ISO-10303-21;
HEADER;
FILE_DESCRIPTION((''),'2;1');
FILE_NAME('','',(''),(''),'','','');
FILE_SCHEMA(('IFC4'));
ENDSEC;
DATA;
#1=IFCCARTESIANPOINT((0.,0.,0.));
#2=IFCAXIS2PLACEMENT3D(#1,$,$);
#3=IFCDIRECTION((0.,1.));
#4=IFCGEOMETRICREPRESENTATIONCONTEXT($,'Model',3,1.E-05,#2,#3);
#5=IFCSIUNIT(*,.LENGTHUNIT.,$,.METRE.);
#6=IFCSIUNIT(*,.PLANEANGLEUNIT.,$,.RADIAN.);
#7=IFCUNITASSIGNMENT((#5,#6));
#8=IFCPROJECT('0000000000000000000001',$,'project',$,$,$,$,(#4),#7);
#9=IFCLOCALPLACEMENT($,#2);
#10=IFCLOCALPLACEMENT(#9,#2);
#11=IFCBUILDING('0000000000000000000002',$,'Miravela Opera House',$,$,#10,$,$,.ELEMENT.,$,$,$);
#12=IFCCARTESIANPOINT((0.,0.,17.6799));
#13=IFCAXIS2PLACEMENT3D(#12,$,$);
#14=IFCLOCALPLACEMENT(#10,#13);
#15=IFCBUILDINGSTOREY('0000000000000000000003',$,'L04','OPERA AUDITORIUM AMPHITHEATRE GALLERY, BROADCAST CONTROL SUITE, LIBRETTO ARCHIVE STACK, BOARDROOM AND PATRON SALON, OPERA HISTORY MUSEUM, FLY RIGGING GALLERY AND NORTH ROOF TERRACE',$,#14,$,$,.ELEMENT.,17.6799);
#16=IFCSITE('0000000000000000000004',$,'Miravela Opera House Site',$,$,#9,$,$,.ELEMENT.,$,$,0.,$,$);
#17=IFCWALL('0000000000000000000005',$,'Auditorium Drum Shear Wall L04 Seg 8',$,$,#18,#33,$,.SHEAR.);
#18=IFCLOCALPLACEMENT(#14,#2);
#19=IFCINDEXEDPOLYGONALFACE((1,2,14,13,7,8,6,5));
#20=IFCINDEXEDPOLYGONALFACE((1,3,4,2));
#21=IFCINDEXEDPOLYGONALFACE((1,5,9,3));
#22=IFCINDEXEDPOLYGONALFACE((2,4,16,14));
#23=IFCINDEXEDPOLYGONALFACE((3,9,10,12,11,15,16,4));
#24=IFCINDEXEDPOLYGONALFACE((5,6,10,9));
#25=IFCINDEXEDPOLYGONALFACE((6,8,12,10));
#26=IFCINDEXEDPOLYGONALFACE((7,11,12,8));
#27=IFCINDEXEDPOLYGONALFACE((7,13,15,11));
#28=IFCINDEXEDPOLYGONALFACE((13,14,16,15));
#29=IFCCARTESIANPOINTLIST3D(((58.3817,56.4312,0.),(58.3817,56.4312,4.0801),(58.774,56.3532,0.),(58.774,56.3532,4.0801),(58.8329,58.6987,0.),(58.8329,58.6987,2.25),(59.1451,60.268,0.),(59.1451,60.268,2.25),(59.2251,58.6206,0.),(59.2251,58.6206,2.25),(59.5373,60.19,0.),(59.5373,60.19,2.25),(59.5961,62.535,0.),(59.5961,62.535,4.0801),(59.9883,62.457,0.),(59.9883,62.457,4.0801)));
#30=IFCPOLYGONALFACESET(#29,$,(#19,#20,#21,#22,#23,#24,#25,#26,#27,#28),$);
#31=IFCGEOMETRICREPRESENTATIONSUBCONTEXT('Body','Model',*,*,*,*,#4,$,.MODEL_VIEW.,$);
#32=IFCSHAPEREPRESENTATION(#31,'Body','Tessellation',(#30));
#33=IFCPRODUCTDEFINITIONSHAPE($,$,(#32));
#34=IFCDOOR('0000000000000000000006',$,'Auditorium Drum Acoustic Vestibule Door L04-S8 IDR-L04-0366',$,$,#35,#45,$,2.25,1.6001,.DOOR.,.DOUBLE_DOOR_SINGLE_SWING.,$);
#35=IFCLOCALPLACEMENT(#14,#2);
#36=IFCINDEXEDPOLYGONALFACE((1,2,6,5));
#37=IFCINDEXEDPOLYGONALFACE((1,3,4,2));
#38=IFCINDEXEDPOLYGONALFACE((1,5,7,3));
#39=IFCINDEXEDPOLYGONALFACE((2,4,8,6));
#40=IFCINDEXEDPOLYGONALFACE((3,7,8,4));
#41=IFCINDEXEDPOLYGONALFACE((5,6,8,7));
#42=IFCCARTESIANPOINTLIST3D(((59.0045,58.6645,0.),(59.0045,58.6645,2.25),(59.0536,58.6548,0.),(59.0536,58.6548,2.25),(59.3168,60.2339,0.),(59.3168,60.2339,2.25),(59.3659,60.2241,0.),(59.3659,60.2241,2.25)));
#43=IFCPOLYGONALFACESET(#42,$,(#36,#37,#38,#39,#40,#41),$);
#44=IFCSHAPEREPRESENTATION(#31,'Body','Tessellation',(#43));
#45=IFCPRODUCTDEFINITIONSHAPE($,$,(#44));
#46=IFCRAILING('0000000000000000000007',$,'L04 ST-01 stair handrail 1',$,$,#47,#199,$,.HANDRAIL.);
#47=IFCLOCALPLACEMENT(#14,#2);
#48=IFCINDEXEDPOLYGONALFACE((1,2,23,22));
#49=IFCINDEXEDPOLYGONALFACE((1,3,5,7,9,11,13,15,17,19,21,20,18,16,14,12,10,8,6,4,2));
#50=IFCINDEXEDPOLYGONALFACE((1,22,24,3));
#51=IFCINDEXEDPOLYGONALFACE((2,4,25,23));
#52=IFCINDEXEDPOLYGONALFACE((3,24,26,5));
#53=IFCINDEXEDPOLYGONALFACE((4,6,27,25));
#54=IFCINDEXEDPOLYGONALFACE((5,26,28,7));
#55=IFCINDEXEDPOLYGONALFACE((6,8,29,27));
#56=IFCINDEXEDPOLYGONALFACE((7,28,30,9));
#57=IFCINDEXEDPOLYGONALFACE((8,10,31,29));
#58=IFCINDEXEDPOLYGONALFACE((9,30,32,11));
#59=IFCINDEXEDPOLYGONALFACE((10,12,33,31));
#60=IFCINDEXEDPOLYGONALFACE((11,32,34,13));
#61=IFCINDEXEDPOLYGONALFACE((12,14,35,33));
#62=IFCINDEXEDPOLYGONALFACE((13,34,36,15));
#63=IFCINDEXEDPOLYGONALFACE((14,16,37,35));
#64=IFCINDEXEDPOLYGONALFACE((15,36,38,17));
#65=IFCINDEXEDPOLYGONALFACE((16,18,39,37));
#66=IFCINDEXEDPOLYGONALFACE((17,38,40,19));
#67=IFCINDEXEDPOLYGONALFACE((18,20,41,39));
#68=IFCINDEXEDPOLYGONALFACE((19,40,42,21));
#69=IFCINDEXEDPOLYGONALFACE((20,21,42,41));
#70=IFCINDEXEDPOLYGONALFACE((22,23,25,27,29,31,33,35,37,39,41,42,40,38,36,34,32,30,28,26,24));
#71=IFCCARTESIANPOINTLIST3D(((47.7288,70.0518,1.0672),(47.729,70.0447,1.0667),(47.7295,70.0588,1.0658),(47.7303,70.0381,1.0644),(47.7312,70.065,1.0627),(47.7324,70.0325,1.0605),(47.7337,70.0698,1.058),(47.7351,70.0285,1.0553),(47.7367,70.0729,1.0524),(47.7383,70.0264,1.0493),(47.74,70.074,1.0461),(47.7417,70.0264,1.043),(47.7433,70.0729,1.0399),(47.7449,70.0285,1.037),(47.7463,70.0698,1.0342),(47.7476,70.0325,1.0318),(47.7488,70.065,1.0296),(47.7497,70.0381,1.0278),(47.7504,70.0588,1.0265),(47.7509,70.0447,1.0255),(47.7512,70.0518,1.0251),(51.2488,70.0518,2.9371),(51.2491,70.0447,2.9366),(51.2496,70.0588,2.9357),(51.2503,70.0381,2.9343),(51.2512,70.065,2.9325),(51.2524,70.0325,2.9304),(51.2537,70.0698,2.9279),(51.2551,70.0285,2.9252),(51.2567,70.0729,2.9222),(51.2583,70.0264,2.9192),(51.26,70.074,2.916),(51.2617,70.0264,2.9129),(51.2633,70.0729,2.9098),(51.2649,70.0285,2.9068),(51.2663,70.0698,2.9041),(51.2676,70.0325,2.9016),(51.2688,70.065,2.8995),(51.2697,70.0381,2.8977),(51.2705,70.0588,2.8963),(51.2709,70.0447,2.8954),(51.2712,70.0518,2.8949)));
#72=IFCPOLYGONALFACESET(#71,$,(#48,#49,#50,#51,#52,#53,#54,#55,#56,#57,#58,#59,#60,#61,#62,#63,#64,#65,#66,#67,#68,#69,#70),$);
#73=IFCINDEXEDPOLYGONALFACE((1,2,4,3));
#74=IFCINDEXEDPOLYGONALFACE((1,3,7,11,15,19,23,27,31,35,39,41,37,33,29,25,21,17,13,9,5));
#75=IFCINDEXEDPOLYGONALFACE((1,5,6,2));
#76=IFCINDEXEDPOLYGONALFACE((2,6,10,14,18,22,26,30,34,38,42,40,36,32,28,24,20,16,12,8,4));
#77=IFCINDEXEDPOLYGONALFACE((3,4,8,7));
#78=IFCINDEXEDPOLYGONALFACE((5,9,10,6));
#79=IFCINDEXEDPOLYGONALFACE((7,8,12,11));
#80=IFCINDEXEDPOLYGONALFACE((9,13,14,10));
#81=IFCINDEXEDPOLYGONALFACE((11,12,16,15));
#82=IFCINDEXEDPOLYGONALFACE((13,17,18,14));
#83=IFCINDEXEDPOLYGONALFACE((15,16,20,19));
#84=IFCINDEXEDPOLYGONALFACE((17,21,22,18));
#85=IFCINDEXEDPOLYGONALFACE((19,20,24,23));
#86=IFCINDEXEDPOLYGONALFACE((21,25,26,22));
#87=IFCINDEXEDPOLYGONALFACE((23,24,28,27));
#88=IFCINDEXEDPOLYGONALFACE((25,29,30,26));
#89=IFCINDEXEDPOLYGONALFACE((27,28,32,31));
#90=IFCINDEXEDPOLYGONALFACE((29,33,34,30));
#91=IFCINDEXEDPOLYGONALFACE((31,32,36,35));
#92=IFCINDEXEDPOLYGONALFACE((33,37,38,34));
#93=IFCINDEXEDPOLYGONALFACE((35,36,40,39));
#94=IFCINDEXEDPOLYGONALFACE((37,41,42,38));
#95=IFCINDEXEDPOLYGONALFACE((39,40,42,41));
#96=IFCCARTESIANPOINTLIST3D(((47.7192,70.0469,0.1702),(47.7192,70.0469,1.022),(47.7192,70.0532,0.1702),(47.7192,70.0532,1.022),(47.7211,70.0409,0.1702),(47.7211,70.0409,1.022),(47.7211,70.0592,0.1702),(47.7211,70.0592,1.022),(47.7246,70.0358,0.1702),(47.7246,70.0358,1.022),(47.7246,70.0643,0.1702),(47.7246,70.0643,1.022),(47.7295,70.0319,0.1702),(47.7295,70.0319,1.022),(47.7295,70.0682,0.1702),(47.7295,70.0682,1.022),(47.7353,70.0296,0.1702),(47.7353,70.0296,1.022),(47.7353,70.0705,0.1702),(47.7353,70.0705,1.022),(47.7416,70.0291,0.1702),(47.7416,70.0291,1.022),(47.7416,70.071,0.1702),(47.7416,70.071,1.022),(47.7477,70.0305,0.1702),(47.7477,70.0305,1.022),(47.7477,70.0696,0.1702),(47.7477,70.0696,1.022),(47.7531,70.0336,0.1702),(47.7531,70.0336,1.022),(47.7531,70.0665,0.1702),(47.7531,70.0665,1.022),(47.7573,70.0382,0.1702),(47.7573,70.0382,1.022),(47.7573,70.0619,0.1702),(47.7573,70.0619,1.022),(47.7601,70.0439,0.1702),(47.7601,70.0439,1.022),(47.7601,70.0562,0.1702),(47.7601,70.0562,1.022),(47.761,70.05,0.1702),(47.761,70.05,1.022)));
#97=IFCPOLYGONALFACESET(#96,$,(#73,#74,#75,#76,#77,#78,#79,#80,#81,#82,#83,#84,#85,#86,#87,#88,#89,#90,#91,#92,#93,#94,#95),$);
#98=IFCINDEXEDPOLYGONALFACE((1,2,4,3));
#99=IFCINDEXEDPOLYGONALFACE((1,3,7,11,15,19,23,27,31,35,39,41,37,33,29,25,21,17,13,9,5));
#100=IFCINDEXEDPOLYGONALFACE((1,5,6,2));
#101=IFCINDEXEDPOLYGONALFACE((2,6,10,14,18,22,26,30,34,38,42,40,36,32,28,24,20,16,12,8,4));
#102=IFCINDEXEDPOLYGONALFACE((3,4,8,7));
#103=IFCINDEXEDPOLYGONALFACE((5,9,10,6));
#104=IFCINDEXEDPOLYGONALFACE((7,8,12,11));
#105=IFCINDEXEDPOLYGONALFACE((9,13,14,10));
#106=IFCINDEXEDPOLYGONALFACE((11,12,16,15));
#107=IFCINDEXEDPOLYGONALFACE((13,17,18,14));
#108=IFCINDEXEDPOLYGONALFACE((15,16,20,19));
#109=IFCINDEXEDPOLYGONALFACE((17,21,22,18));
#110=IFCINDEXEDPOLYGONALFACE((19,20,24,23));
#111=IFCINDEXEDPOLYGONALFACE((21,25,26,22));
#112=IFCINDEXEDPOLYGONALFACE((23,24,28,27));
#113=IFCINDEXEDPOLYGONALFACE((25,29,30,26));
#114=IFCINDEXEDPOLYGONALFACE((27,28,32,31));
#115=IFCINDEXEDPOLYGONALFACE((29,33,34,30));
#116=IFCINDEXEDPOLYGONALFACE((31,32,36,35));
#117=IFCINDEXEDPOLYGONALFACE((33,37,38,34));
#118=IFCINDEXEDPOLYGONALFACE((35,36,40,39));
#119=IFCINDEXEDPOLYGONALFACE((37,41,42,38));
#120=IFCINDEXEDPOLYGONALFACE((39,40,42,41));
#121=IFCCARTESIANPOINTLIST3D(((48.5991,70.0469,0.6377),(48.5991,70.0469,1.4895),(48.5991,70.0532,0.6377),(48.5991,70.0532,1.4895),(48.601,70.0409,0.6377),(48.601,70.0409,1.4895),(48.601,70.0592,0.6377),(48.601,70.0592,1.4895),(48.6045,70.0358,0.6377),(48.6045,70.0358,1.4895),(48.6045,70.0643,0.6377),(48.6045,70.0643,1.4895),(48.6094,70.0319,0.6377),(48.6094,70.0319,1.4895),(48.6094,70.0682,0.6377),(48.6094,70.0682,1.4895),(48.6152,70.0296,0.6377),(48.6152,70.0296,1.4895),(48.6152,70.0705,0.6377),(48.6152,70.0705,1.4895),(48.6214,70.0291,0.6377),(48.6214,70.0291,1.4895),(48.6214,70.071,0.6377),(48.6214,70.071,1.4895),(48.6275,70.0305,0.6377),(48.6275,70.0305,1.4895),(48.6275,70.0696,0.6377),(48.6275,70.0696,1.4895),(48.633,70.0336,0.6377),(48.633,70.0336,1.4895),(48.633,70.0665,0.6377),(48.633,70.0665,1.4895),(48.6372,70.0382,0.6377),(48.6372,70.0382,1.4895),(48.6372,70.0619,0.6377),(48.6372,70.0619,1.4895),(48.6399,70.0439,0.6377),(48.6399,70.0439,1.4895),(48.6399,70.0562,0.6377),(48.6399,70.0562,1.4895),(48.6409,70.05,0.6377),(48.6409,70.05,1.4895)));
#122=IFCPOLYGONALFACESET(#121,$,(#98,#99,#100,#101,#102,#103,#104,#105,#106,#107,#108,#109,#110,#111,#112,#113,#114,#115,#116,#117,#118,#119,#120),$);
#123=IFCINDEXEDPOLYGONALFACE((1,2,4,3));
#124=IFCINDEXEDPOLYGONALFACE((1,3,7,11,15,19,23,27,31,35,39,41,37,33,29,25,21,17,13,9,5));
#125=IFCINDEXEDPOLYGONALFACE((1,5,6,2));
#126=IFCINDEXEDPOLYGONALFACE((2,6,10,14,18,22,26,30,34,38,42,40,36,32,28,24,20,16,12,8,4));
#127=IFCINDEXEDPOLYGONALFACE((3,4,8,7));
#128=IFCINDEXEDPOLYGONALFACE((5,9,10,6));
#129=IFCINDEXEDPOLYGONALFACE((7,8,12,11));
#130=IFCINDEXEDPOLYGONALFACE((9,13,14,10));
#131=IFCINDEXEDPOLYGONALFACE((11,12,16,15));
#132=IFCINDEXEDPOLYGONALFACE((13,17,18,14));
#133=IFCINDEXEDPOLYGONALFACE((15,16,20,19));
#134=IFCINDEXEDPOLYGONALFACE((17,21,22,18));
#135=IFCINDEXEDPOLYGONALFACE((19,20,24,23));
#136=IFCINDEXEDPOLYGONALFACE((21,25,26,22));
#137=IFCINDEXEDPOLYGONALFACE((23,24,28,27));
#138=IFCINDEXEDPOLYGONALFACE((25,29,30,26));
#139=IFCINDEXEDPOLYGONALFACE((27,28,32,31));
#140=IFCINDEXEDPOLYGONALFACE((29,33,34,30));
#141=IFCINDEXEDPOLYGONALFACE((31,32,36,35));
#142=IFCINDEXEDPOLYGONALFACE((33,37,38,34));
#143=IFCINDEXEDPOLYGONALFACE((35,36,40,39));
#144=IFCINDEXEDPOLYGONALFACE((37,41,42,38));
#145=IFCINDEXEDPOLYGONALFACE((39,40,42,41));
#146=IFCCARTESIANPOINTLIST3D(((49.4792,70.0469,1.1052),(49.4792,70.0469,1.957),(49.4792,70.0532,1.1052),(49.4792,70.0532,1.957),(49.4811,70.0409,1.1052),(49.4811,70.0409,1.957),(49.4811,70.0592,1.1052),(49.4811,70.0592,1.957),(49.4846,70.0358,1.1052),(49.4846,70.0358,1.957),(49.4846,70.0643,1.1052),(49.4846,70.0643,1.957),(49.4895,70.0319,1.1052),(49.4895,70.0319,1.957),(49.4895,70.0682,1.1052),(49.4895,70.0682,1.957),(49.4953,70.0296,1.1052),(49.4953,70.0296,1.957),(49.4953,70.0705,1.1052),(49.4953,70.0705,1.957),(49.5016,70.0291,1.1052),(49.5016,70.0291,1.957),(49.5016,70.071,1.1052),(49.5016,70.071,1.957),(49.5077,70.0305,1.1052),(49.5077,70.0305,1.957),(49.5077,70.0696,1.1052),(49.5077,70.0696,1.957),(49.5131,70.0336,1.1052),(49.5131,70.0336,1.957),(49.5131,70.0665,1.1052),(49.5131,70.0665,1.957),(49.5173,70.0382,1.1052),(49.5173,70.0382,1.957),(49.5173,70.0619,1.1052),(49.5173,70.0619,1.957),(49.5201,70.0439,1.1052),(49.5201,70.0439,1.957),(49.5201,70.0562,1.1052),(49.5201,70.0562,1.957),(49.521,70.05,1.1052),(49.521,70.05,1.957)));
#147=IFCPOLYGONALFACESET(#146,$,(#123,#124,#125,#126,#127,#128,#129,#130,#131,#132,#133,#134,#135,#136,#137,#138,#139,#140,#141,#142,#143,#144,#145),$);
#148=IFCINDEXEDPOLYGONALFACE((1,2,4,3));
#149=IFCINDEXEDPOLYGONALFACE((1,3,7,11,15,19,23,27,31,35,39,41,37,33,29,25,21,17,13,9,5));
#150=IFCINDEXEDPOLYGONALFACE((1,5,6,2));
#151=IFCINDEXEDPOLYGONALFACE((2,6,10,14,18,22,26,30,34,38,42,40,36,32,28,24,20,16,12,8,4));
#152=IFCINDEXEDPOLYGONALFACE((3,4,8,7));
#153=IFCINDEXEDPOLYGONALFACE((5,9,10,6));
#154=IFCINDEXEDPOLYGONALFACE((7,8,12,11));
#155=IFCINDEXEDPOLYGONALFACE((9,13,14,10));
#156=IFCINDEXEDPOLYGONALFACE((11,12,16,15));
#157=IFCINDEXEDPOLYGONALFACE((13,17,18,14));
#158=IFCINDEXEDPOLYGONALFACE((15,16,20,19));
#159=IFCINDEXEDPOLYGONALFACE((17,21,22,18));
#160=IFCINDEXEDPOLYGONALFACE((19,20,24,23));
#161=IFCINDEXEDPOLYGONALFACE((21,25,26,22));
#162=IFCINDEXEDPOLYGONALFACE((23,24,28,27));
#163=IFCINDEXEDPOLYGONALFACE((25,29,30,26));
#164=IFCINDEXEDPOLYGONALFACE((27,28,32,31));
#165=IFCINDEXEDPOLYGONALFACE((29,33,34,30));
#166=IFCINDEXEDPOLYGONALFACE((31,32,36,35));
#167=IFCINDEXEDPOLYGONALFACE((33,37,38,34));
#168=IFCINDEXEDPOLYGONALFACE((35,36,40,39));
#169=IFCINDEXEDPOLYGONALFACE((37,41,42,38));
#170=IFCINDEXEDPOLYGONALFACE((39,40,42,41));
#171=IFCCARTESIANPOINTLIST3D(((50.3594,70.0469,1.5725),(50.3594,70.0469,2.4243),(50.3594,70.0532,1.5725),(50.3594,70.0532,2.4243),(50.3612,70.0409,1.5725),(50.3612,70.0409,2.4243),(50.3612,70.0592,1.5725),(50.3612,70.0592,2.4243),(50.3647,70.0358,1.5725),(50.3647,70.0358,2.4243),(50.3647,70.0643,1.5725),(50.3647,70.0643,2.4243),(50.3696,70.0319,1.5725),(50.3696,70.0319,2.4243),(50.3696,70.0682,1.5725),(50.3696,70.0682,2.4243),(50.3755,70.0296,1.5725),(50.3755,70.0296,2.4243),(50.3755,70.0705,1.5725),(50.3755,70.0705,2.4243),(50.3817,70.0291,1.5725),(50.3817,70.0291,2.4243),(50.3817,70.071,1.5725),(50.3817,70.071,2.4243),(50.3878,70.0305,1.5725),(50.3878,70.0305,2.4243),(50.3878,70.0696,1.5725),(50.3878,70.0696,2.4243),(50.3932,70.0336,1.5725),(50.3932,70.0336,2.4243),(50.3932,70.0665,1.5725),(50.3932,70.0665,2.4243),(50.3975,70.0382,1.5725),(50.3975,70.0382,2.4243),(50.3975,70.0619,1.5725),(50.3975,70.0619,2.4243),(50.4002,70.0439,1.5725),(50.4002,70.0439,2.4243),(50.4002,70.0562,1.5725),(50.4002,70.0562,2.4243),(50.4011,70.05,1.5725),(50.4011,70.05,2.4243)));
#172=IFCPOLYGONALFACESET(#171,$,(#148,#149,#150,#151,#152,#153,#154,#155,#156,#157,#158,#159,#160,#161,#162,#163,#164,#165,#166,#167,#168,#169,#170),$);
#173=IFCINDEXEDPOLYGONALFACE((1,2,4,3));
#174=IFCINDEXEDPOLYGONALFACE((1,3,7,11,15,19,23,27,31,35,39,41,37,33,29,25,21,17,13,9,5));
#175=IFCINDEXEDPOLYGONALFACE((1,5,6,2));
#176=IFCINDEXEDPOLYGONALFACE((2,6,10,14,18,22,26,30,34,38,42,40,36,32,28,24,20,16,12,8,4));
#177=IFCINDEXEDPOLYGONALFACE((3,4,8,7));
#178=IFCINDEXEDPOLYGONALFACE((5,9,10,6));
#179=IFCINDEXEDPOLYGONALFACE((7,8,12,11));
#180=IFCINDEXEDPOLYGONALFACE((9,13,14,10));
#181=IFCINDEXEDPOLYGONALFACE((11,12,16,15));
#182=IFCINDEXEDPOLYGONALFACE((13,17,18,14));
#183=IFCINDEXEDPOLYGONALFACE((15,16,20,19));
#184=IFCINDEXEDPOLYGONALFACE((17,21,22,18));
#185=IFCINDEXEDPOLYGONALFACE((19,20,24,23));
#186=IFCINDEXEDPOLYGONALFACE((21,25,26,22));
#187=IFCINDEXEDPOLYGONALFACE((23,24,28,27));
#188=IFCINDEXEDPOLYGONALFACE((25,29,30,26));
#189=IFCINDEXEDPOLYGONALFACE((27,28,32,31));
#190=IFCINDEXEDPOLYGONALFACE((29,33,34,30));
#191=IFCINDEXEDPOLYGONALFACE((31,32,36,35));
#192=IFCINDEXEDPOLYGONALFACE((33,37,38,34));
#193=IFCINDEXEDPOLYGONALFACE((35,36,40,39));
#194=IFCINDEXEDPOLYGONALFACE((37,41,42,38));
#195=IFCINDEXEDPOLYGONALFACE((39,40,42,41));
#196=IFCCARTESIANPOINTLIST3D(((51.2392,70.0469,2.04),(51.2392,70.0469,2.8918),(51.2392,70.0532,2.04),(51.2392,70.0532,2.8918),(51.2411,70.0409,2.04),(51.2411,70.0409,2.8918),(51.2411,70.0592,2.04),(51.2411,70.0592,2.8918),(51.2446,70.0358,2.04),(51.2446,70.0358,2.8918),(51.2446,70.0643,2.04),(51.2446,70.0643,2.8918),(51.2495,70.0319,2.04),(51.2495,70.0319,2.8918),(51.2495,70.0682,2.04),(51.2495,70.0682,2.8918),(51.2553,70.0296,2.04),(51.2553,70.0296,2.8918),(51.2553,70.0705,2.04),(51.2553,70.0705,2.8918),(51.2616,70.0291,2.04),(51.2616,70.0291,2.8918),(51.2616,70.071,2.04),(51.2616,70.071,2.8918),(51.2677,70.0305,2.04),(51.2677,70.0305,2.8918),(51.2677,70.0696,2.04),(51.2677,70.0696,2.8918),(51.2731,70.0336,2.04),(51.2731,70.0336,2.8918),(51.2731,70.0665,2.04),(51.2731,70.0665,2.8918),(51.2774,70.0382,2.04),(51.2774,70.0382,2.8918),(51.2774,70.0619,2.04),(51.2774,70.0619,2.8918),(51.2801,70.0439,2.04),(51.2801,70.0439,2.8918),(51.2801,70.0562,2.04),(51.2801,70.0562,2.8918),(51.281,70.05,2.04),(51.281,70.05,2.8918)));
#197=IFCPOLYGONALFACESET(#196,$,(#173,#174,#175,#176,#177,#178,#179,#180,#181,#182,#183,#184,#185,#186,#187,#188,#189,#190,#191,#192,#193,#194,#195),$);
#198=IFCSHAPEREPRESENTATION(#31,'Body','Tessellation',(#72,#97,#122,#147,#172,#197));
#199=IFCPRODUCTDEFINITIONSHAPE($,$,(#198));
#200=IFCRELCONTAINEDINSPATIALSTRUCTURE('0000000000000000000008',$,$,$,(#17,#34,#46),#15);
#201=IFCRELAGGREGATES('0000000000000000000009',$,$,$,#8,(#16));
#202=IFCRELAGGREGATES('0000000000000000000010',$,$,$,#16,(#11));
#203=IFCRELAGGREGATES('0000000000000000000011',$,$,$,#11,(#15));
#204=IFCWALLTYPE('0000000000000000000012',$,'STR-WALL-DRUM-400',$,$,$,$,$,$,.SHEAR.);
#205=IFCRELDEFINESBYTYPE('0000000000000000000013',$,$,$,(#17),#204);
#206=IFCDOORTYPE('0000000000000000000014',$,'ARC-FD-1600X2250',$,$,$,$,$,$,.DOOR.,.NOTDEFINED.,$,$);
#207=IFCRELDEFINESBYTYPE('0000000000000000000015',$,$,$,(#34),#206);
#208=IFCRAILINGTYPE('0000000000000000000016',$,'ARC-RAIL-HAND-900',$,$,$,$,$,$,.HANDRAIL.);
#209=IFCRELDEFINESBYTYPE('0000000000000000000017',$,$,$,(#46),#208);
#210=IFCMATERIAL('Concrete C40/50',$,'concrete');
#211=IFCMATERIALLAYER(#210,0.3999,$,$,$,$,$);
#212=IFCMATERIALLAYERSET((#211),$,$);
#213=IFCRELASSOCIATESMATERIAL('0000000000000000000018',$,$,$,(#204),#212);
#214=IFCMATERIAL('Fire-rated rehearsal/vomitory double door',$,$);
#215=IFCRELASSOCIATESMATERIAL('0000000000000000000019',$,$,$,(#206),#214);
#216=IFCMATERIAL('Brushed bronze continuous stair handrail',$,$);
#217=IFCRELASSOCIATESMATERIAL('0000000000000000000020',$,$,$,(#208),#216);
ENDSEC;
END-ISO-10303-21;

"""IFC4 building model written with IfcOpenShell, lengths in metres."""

from ifc_helpers import new_model, si_unit, direction, frame, frame_2d, origin, origin_2d, place, context, subcontext, project, spatial, rectangle, circle, extrude, material, layer, layer_set, type_object, element, fill, save


model = new_model("IFC4")

# Units and contexts
model_context = context("Model", 3, precision=1e-05, world=origin(), true_north=direction((0.0, 1.0)))
body_context = subcontext(model_context, "Body", "Model", "MODEL_VIEW")
ifc_project = project(units=[si_unit("LENGTHUNIT", "METRE"), si_unit("PLANEANGLEUNIT", "RADIAN")], contexts=[model_context])

# Site, building, storey
site_placement = place(None, origin())
site = spatial("IfcSite", under=ifc_project, at=site_placement, Name="Miravela Opera House Site", CompositionType="ELEMENT", RefElevation=0.0)
building_placement = place(site_placement, origin())
building = spatial("IfcBuilding", under=site, at=building_placement, Name="Miravela Opera House", CompositionType="ELEMENT")
storey_placement = place(building_placement, frame((0.0, 0.0, 17.6799)))
storey = spatial("IfcBuildingStorey", under=building, at=storey_placement, Name="L04", Description="OPERA AUDITORIUM AMPHITHEATRE GALLERY, BROADCAST CONTROL SUITE, LIBRETTO ARCHIVE STACK, BOARDROOM AND PATRON SALON, OPERA HISTORY MUSEUM, FLY RIGGING GALLERY AND NORTH ROOF TERRACE", CompositionType="ELEMENT", Elevation=17.6799)

# Shared definitions
ifc_material_1 = material(Name="Concrete C40/50", Category="concrete")

# Shared definitions
ifc_layer_1 = layer(ifc_material_1, 0.3999)
ifc_layer_set_1 = layer_set([ifc_layer_1])
wall_type_1 = type_object("IfcWallType", Name="STR-WALL-DRUM-400", PredefinedType="SHEAR", material=ifc_layer_set_1)

# Wall, opening, door
wall_1_placement = place(storey_placement, frame((59.7922, 62.4961, 0.0), z_axis=(0.0, 0.0, 1.0), x_axis=(-0.195128, -0.980778, 0.0)))
wall_1 = element("IfcWall", 1, at=wall_1_placement, inside=storey, type_object=wall_type_1, Name="Auditorium Drum Shear Wall L04 Seg 8", PredefinedType="SHEAR", context=body_context, shape_type="SweptSolid", body=[
    extrude(rectangle(XDim=6.2234, YDim=0.3999, at=frame_2d((3.1118, 0.0))), origin(), (0.0, 0.0, 1.0), 4.0801),
])
opening_1_placement = place(wall_1_placement, frame((2.3115, 0.0, 0.0)))
opening_1 = element("IfcOpeningElement", 2, at=opening_1_placement, cuts=wall_1, PredefinedType="OPENING", context=body_context, shape_type="SweptSolid", body=[
    extrude(rectangle(XDim=1.6001, YDim=2.25, at=frame_2d((0.8, 1.125))), frame((0.0, 0.21, 0.0), z_axis=(0.0, -1.0, 0.0), x_axis=(1.0, 0.0, 0.0)), (0.0, 0.0, 1.0), 0.4199),
])
ifc_material_2 = material(Name="Fire-rated rehearsal/vomitory double door")
door_type_1 = type_object("IfcDoorType", Name="ARC-FD-1600X2250", OperationType="NOTDEFINED", PredefinedType="DOOR", material=ifc_material_2)
door_1_placement = place(opening_1_placement, frame((1.6001, 0.0, 0.0), z_axis=(0.0, 0.0, 1.0), x_axis=(-1.0, 0.0, 0.0)))
door_1 = element("IfcDoor", 3, at=door_1_placement, inside=storey, type_object=door_type_1, Name="Auditorium Drum Acoustic Vestibule Door L04-S8 IDR-L04-0366", OperationType="DOUBLE_DOOR_SINGLE_SWING", OverallHeight=2.25, OverallWidth=1.6001, PredefinedType="DOOR", context=body_context, shape_type="SweptSolid", body=[
    extrude(rectangle(XDim=1.6001, YDim=2.25, at=frame_2d((0.8, 1.125))), frame((0.0, 0.0249, 0.0), z_axis=(0.0, -1.0, 0.0), x_axis=(1.0, 0.0, 0.0)), (0.0, 0.0, 1.0), 0.05),
])
fill(opening_1, door_1)

# Railing
ifc_material_3 = material(Name="Brushed bronze continuous stair handrail")
railing_type_1 = type_object("IfcRailingType", Name="ARC-RAIL-HAND-900", PredefinedType="HANDRAIL", material=ifc_material_3)
railing_1_placement = place(storey_placement, frame((47.74, 70.05, 0.1702)))
element("IfcRailing", 4, at=railing_1_placement, inside=storey, type_object=railing_type_1, Name="L04 ST-01 stair handrail 1", PredefinedType="HANDRAIL", context=body_context, shape_type="SweptSolid", body=[
    extrude(circle(Radius=0.0239, at=origin_2d()), frame((0.0, 0.0, 0.876), z_axis=(0.88313, 0.0, 0.469128), x_axis=(0.0, 1.0, 0.0)), (0.0, 0.0, 1.0), 3.9858),
    extrude(circle(Radius=0.021, at=origin_2d()), origin(), (0.0, 0.0, 1.0), 0.8518),
    extrude(circle(Radius=0.021, at=origin_2d()), frame((0.8799, 0.0, 0.4675)), (0.0, 0.0, 1.0), 0.8518),
    extrude(circle(Radius=0.021, at=origin_2d()), frame((1.76, 0.0, 0.9351)), (0.0, 0.0, 1.0), 0.8518),
    extrude(circle(Radius=0.021, at=origin_2d()), frame((2.6401, 0.0, 1.4023)), (0.0, 0.0, 1.0), 0.8518),
    extrude(circle(Radius=0.021, at=origin_2d()), frame((3.52, 0.0, 1.8699)), (0.0, 0.0, 1.0), 0.8518),
])

save(model, "model.ifc")
